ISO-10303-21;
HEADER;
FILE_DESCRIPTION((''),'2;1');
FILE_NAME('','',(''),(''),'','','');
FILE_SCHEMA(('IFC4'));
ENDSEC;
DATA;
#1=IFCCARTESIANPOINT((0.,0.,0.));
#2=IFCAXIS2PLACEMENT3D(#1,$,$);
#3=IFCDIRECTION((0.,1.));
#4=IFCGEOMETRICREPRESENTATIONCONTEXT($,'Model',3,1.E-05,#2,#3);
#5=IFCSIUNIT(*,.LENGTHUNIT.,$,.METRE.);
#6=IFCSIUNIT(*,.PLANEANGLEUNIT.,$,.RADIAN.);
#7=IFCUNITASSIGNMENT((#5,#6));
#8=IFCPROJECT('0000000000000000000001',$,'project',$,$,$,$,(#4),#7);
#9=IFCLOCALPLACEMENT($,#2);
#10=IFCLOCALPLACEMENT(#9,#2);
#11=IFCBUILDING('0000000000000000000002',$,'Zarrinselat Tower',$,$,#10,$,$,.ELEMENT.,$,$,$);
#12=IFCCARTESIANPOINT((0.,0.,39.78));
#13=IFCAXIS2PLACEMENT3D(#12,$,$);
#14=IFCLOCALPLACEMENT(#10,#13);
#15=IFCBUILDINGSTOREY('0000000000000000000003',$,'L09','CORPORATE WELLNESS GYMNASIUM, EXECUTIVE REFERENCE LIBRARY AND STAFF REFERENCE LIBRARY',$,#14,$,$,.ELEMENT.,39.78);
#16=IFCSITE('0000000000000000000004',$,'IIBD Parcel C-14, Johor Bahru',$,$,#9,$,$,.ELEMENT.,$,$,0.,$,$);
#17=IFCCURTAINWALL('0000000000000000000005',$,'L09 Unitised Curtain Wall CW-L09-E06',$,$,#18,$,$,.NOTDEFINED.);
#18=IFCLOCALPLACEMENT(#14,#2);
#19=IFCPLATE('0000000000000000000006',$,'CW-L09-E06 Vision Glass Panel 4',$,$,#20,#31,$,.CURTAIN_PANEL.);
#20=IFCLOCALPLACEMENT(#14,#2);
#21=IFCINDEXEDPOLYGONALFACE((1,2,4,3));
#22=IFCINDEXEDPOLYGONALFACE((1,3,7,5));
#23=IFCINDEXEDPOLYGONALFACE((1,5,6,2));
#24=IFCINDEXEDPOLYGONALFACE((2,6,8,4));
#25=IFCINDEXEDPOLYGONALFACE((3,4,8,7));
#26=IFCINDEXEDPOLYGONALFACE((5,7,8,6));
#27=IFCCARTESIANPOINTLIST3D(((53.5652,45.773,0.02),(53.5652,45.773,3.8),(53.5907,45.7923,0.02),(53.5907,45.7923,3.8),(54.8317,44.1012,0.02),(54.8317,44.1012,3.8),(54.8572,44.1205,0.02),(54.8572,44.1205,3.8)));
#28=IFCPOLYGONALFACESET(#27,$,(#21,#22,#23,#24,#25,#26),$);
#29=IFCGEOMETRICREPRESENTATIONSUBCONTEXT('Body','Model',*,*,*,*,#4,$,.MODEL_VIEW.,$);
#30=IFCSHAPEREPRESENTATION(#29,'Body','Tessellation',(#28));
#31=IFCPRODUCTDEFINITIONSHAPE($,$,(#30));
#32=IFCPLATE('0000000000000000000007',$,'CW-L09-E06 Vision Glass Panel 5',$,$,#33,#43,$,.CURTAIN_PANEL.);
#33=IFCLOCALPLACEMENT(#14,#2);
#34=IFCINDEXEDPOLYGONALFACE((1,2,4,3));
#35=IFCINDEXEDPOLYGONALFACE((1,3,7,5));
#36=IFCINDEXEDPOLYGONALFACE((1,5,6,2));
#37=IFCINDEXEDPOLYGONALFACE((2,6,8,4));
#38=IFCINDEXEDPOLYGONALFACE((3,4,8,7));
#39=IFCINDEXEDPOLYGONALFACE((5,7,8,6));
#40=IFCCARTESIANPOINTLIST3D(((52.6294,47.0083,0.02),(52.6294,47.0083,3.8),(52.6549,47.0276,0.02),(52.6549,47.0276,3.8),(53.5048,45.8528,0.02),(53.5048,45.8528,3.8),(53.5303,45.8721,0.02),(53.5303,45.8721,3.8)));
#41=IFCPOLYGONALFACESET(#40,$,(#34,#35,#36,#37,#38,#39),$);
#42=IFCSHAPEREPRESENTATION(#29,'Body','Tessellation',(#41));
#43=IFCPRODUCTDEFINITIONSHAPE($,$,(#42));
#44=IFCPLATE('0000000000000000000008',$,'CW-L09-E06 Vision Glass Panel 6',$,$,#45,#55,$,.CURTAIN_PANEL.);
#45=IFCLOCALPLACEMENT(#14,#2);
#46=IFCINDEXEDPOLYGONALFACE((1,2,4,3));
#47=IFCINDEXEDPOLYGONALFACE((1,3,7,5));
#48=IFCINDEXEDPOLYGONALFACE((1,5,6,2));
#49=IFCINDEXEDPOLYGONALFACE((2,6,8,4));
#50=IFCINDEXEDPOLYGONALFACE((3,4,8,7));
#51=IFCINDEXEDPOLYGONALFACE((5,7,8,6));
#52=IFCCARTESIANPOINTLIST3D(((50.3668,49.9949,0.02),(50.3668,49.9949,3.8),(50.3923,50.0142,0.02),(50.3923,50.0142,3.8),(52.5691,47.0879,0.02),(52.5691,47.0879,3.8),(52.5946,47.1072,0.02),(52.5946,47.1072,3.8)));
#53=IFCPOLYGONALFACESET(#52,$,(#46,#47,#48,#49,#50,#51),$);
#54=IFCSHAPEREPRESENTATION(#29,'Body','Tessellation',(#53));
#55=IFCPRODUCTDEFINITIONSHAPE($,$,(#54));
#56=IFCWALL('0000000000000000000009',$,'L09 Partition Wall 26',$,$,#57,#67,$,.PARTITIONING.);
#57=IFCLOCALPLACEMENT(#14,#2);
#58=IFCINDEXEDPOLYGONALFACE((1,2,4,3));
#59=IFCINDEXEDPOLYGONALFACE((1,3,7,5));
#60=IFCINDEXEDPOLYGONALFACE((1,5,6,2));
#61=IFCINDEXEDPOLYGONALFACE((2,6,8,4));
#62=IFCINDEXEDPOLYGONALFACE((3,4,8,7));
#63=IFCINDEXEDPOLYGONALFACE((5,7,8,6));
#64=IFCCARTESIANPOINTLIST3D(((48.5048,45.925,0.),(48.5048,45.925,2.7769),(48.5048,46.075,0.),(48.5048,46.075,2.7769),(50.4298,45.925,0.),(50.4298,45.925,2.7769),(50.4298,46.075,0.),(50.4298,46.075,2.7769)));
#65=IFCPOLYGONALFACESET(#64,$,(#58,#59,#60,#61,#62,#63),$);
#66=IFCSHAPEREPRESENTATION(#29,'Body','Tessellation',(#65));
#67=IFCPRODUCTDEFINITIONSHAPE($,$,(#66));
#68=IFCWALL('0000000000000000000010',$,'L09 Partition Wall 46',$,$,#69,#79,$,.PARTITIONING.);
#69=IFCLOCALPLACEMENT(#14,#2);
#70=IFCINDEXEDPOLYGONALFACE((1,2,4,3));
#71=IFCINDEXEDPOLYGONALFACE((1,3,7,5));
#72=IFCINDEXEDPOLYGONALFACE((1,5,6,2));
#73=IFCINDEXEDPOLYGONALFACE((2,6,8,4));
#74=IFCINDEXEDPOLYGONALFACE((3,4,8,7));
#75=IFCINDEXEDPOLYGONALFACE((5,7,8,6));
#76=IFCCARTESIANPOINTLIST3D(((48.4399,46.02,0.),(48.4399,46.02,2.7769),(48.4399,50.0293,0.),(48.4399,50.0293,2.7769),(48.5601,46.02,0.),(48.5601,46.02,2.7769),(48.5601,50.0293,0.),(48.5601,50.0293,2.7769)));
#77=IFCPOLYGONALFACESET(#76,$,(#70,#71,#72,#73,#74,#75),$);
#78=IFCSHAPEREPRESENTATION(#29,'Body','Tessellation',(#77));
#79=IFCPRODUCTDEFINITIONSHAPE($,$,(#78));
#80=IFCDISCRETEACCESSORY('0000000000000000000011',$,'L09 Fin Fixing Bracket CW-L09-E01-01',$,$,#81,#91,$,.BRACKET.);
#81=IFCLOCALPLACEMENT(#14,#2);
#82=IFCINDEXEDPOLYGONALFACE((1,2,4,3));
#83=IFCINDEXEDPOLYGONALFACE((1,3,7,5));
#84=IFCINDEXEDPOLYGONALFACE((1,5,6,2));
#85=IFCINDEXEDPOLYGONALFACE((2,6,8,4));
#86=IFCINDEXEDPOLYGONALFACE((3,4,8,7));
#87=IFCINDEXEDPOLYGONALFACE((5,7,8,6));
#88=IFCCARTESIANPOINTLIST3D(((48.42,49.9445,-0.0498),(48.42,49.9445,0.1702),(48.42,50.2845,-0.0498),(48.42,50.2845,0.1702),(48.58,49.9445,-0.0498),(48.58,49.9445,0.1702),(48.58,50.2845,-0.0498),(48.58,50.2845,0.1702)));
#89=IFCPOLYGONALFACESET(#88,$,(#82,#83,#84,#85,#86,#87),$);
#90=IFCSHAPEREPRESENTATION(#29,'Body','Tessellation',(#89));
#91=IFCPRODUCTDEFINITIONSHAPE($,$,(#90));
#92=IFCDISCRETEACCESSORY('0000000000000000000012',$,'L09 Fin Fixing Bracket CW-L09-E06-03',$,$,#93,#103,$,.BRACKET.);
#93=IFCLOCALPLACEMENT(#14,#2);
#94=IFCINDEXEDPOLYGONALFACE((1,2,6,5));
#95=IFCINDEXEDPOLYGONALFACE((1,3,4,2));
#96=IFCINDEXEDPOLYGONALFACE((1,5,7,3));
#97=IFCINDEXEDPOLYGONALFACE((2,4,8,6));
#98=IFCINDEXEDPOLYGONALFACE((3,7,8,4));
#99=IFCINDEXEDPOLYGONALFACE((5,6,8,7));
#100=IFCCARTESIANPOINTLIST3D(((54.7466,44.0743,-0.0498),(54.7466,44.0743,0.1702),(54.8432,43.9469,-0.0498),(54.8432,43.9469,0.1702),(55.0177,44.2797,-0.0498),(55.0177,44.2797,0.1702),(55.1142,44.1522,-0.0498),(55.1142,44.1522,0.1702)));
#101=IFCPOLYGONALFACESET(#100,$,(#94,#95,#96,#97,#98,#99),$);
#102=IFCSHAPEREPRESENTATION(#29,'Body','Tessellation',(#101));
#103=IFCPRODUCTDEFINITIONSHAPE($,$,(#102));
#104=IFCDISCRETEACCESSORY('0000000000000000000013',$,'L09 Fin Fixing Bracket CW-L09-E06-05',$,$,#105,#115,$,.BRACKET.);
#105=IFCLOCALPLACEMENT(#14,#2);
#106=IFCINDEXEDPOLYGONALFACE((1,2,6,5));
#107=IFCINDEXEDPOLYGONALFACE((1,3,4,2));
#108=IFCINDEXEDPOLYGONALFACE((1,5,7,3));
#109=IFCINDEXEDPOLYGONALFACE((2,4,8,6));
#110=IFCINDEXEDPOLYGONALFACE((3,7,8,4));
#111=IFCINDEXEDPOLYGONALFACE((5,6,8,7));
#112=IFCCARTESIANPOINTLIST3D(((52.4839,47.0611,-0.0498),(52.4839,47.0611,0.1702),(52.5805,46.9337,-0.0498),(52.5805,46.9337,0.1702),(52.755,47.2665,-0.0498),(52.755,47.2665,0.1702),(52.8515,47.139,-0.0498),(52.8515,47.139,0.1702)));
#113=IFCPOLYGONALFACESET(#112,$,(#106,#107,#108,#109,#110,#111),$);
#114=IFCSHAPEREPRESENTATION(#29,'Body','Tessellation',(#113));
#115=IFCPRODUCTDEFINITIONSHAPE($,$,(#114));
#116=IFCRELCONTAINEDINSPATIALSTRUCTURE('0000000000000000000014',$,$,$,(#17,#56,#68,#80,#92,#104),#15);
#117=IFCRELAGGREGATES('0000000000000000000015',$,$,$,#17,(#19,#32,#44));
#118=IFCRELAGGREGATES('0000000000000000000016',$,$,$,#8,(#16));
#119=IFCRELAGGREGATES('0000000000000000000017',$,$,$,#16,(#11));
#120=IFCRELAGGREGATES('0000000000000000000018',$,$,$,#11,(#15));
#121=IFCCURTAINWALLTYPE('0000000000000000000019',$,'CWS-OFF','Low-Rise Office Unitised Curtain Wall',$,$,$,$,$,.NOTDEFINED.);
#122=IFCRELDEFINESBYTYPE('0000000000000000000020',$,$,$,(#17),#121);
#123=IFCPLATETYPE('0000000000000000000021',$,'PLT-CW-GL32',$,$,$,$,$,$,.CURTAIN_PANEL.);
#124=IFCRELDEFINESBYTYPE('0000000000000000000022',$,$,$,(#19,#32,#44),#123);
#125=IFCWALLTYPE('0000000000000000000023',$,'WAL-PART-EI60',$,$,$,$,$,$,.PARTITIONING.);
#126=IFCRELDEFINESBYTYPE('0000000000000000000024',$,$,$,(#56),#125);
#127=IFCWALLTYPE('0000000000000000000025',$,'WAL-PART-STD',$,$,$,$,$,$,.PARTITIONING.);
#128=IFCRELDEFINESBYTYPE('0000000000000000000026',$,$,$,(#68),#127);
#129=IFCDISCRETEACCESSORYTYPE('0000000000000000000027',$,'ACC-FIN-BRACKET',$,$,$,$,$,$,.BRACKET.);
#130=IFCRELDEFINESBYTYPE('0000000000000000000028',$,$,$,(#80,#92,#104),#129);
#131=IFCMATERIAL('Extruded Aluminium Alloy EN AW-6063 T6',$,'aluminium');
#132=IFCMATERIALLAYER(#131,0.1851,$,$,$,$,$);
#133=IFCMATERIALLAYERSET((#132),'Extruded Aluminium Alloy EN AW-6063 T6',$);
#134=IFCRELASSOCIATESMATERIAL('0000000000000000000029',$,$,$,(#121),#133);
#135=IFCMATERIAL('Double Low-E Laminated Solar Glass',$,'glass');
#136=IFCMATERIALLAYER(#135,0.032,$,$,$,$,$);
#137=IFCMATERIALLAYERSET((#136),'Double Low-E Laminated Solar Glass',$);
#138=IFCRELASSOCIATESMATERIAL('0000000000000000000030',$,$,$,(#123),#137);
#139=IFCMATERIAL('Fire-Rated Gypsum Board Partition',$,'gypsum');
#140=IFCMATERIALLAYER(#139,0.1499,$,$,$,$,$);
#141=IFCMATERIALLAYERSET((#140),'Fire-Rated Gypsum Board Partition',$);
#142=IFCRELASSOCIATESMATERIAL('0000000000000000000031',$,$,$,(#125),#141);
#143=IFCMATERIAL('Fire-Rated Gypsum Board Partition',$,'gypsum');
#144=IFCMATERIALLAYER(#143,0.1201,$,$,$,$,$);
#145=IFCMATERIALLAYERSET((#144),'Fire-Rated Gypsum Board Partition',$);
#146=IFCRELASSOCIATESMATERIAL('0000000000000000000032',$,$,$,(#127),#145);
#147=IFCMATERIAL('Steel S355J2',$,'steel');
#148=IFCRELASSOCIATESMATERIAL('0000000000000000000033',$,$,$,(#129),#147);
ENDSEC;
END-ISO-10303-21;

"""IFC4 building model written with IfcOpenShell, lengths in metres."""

from ifc_helpers import new_model, si_unit, direction, frame, frame_2d, origin, origin_2d, place, context, subcontext, project, spatial, rectangle, extrude, material, layer, layer_set, type_object, element, aggregate, save


model = new_model("IFC4")

# Units and contexts
model_context = context("Model", 3, precision=1e-05, world=origin(), true_north=direction((0.0, 1.0)))
body_context = subcontext(model_context, "Body", "Model", "MODEL_VIEW")
ifc_project = project(units=[si_unit("LENGTHUNIT", "METRE"), si_unit("PLANEANGLEUNIT", "RADIAN")], contexts=[model_context])

# Site, building, storey
site_placement = place(None, origin())
site = spatial("IfcSite", under=ifc_project, at=site_placement, Name="IIBD Parcel C-14, Johor Bahru", CompositionType="ELEMENT", RefElevation=0.0)
building_placement = place(site_placement, origin())
building = spatial("IfcBuilding", under=site, at=building_placement, Name="Zarrinselat Tower", CompositionType="ELEMENT")
storey_placement = place(building_placement, frame((0.0, 0.0, 39.78)))
storey = spatial("IfcBuildingStorey", under=building, at=storey_placement, Name="L09", Description="CORPORATE WELLNESS GYMNASIUM, EXECUTIVE REFERENCE LIBRARY AND STAFF REFERENCE LIBRARY", CompositionType="ELEMENT", Elevation=39.78)

# Curtain wall
ifc_material_1 = material(Name="Extruded Aluminium Alloy EN AW-6063 T6", Category="aluminium")
ifc_layer_1 = layer(ifc_material_1, 0.1851)
ifc_layer_set_1 = layer_set([ifc_layer_1], Name="Extruded Aluminium Alloy EN AW-6063 T6")
curtain_wall_type = type_object("IfcCurtainWallType", Name="CWS-OFF", Description="Low-Rise Office Unitised Curtain Wall", PredefinedType="NOTDEFINED", material=ifc_layer_set_1)
curtain_wall_1_placement = place(storey_placement, origin())
curtain_wall_1 = element("IfcCurtainWall", 1, at=curtain_wall_1_placement, inside=storey, type_object=curtain_wall_type, Name="L09 Unitised Curtain Wall CW-L09-E06", PredefinedType="NOTDEFINED")

# Plates
ifc_material_2 = material(Name="Double Low-E Laminated Solar Glass", Category="glass")
ifc_layer_2 = layer(ifc_material_2, 0.032)
ifc_layer_set_2 = layer_set([ifc_layer_2], Name="Double Low-E Laminated Solar Glass")
plate_type = type_object("IfcPlateType", Name="PLT-CW-GL32", PredefinedType="CURTAIN_PANEL", material=ifc_layer_set_2)
plate_1_placement = place(storey_placement, frame((54.2112, 44.9468, 0.02), z_axis=(0.0, 0.0, 1.0), x_axis=(-0.603858, 0.797092, 0.0)))
plate_1 = element("IfcPlate", 2, at=plate_1_placement, type_object=plate_type, Name="CW-L09-E06 Vision Glass Panel 4", PredefinedType="CURTAIN_PANEL", context=body_context, shape_type="SweptSolid", body=[
    extrude(rectangle(XDim=2.0974, YDim=0.032, at=origin_2d()), origin(), (0.0, 0.0, 1.0), 3.78),
])
plate_2_placement = place(storey_placement, frame((53.0798, 46.4402, 0.02), z_axis=(0.0, 0.0, 1.0), x_axis=(-0.603858, 0.797092, 0.0)))
plate_2 = element("IfcPlate", 3, at=plate_2_placement, type_object=plate_type, Name="CW-L09-E06 Vision Glass Panel 5", PredefinedType="CURTAIN_PANEL", context=body_context, shape_type="SweptSolid", body=[
    extrude(rectangle(XDim=1.4497, YDim=0.032, at=origin_2d()), origin(), (0.0, 0.0, 1.0), 3.78),
])
plate_3_placement = place(storey_placement, frame((51.4807, 48.551, 0.02), z_axis=(0.0, 0.0, 1.0), x_axis=(-0.603858, 0.797092, 0.0)))
plate_3 = element("IfcPlate", 4, at=plate_3_placement, type_object=plate_type, Name="CW-L09-E06 Vision Glass Panel 6", PredefinedType="CURTAIN_PANEL", context=body_context, shape_type="SweptSolid", body=[
    extrude(rectangle(XDim=3.647, YDim=0.032, at=origin_2d()), origin(), (0.0, 0.0, 1.0), 3.78),
])
aggregate(curtain_wall_1, [plate_1, plate_2, plate_3])

# Walls
ifc_material_3 = material(Name="Fire-Rated Gypsum Board Partition", Category="gypsum")
ifc_layer_3 = layer(ifc_material_3, 0.1499)
ifc_layer_set_3 = layer_set([ifc_layer_3], Name="Fire-Rated Gypsum Board Partition")
wall_type_1 = type_object("IfcWallType", Name="WAL-PART-EI60", PredefinedType="PARTITIONING", material=ifc_layer_set_3)
wall_1_placement = place(storey_placement, frame((48.5049, 46.0, 0.0), z_axis=(0.0, 0.0, 1.0), x_axis=(1.0, 0.0, 0.0)))
element("IfcWall", 5, at=wall_1_placement, inside=storey, type_object=wall_type_1, Name="L09 Partition Wall 26", PredefinedType="PARTITIONING", context=body_context, shape_type="SweptSolid", body=[
    extrude(rectangle(XDim=1.925, YDim=0.1499, at=frame_2d((0.9624, 0.0))), origin(), (0.0, 0.0, 1.0), 2.7769),
])
ifc_material_4 = material(Name="Fire-Rated Gypsum Board Partition", Category="gypsum")
ifc_layer_4 = layer(ifc_material_4, 0.1201)
ifc_layer_set_4 = layer_set([ifc_layer_4], Name="Fire-Rated Gypsum Board Partition")
wall_type_2 = type_object("IfcWallType", Name="WAL-PART-STD", PredefinedType="PARTITIONING", material=ifc_layer_set_4)
wall_2_placement = place(storey_placement, frame((48.5, 46.02, 0.0), z_axis=(0.0, 0.0, 1.0), x_axis=(0.0, 1.0, 0.0)))
element("IfcWall", 6, at=wall_2_placement, inside=storey, type_object=wall_type_2, Name="L09 Partition Wall 46", PredefinedType="PARTITIONING", context=body_context, shape_type="SweptSolid", body=[
    extrude(rectangle(XDim=4.0093, YDim=0.1201, at=frame_2d((2.0046, 0.0))), origin(), (0.0, 0.0, 1.0), 2.7769),
])

# Discrete accessories
ifc_material_5 = material(Name="Steel S355J2", Category="steel")
discrete_accessory_type = type_object("IfcDiscreteAccessoryType", Name="ACC-FIN-BRACKET", PredefinedType="BRACKET", material=ifc_material_5)
for number, where, z_axis, x_axis, name in (
    (7, (48.5, 50.1145, -0.0498), (0.0, 0.0, 1.0), (0.0, 1.0, 0.0), "L09 Fin Fixing Bracket CW-L09-E01-01"),
    (8, (54.9304, 44.1133, -0.0498), (0.0, 0.0, 1.0), (0.797092, 0.603858, 0.0), "L09 Fin Fixing Bracket CW-L09-E06-03"),
    (9, (52.6677, 47.1001, -0.0498), (0.0, 0.0, 1.0), (0.797092, 0.603858, 0.0), "L09 Fin Fixing Bracket CW-L09-E06-05"),
):
    element("IfcDiscreteAccessory", number, at=place(storey_placement, frame(where, z_axis=z_axis, x_axis=x_axis)), inside=storey, type_object=discrete_accessory_type, Name=name, PredefinedType="BRACKET", context=body_context, shape_type="SweptSolid", body=[
        extrude(rectangle(XDim=0.3401, YDim=0.1599, at=origin_2d()), origin(), (0.0, 0.0, 1.0), 0.22),
    ])

save(model, "model.ifc")
